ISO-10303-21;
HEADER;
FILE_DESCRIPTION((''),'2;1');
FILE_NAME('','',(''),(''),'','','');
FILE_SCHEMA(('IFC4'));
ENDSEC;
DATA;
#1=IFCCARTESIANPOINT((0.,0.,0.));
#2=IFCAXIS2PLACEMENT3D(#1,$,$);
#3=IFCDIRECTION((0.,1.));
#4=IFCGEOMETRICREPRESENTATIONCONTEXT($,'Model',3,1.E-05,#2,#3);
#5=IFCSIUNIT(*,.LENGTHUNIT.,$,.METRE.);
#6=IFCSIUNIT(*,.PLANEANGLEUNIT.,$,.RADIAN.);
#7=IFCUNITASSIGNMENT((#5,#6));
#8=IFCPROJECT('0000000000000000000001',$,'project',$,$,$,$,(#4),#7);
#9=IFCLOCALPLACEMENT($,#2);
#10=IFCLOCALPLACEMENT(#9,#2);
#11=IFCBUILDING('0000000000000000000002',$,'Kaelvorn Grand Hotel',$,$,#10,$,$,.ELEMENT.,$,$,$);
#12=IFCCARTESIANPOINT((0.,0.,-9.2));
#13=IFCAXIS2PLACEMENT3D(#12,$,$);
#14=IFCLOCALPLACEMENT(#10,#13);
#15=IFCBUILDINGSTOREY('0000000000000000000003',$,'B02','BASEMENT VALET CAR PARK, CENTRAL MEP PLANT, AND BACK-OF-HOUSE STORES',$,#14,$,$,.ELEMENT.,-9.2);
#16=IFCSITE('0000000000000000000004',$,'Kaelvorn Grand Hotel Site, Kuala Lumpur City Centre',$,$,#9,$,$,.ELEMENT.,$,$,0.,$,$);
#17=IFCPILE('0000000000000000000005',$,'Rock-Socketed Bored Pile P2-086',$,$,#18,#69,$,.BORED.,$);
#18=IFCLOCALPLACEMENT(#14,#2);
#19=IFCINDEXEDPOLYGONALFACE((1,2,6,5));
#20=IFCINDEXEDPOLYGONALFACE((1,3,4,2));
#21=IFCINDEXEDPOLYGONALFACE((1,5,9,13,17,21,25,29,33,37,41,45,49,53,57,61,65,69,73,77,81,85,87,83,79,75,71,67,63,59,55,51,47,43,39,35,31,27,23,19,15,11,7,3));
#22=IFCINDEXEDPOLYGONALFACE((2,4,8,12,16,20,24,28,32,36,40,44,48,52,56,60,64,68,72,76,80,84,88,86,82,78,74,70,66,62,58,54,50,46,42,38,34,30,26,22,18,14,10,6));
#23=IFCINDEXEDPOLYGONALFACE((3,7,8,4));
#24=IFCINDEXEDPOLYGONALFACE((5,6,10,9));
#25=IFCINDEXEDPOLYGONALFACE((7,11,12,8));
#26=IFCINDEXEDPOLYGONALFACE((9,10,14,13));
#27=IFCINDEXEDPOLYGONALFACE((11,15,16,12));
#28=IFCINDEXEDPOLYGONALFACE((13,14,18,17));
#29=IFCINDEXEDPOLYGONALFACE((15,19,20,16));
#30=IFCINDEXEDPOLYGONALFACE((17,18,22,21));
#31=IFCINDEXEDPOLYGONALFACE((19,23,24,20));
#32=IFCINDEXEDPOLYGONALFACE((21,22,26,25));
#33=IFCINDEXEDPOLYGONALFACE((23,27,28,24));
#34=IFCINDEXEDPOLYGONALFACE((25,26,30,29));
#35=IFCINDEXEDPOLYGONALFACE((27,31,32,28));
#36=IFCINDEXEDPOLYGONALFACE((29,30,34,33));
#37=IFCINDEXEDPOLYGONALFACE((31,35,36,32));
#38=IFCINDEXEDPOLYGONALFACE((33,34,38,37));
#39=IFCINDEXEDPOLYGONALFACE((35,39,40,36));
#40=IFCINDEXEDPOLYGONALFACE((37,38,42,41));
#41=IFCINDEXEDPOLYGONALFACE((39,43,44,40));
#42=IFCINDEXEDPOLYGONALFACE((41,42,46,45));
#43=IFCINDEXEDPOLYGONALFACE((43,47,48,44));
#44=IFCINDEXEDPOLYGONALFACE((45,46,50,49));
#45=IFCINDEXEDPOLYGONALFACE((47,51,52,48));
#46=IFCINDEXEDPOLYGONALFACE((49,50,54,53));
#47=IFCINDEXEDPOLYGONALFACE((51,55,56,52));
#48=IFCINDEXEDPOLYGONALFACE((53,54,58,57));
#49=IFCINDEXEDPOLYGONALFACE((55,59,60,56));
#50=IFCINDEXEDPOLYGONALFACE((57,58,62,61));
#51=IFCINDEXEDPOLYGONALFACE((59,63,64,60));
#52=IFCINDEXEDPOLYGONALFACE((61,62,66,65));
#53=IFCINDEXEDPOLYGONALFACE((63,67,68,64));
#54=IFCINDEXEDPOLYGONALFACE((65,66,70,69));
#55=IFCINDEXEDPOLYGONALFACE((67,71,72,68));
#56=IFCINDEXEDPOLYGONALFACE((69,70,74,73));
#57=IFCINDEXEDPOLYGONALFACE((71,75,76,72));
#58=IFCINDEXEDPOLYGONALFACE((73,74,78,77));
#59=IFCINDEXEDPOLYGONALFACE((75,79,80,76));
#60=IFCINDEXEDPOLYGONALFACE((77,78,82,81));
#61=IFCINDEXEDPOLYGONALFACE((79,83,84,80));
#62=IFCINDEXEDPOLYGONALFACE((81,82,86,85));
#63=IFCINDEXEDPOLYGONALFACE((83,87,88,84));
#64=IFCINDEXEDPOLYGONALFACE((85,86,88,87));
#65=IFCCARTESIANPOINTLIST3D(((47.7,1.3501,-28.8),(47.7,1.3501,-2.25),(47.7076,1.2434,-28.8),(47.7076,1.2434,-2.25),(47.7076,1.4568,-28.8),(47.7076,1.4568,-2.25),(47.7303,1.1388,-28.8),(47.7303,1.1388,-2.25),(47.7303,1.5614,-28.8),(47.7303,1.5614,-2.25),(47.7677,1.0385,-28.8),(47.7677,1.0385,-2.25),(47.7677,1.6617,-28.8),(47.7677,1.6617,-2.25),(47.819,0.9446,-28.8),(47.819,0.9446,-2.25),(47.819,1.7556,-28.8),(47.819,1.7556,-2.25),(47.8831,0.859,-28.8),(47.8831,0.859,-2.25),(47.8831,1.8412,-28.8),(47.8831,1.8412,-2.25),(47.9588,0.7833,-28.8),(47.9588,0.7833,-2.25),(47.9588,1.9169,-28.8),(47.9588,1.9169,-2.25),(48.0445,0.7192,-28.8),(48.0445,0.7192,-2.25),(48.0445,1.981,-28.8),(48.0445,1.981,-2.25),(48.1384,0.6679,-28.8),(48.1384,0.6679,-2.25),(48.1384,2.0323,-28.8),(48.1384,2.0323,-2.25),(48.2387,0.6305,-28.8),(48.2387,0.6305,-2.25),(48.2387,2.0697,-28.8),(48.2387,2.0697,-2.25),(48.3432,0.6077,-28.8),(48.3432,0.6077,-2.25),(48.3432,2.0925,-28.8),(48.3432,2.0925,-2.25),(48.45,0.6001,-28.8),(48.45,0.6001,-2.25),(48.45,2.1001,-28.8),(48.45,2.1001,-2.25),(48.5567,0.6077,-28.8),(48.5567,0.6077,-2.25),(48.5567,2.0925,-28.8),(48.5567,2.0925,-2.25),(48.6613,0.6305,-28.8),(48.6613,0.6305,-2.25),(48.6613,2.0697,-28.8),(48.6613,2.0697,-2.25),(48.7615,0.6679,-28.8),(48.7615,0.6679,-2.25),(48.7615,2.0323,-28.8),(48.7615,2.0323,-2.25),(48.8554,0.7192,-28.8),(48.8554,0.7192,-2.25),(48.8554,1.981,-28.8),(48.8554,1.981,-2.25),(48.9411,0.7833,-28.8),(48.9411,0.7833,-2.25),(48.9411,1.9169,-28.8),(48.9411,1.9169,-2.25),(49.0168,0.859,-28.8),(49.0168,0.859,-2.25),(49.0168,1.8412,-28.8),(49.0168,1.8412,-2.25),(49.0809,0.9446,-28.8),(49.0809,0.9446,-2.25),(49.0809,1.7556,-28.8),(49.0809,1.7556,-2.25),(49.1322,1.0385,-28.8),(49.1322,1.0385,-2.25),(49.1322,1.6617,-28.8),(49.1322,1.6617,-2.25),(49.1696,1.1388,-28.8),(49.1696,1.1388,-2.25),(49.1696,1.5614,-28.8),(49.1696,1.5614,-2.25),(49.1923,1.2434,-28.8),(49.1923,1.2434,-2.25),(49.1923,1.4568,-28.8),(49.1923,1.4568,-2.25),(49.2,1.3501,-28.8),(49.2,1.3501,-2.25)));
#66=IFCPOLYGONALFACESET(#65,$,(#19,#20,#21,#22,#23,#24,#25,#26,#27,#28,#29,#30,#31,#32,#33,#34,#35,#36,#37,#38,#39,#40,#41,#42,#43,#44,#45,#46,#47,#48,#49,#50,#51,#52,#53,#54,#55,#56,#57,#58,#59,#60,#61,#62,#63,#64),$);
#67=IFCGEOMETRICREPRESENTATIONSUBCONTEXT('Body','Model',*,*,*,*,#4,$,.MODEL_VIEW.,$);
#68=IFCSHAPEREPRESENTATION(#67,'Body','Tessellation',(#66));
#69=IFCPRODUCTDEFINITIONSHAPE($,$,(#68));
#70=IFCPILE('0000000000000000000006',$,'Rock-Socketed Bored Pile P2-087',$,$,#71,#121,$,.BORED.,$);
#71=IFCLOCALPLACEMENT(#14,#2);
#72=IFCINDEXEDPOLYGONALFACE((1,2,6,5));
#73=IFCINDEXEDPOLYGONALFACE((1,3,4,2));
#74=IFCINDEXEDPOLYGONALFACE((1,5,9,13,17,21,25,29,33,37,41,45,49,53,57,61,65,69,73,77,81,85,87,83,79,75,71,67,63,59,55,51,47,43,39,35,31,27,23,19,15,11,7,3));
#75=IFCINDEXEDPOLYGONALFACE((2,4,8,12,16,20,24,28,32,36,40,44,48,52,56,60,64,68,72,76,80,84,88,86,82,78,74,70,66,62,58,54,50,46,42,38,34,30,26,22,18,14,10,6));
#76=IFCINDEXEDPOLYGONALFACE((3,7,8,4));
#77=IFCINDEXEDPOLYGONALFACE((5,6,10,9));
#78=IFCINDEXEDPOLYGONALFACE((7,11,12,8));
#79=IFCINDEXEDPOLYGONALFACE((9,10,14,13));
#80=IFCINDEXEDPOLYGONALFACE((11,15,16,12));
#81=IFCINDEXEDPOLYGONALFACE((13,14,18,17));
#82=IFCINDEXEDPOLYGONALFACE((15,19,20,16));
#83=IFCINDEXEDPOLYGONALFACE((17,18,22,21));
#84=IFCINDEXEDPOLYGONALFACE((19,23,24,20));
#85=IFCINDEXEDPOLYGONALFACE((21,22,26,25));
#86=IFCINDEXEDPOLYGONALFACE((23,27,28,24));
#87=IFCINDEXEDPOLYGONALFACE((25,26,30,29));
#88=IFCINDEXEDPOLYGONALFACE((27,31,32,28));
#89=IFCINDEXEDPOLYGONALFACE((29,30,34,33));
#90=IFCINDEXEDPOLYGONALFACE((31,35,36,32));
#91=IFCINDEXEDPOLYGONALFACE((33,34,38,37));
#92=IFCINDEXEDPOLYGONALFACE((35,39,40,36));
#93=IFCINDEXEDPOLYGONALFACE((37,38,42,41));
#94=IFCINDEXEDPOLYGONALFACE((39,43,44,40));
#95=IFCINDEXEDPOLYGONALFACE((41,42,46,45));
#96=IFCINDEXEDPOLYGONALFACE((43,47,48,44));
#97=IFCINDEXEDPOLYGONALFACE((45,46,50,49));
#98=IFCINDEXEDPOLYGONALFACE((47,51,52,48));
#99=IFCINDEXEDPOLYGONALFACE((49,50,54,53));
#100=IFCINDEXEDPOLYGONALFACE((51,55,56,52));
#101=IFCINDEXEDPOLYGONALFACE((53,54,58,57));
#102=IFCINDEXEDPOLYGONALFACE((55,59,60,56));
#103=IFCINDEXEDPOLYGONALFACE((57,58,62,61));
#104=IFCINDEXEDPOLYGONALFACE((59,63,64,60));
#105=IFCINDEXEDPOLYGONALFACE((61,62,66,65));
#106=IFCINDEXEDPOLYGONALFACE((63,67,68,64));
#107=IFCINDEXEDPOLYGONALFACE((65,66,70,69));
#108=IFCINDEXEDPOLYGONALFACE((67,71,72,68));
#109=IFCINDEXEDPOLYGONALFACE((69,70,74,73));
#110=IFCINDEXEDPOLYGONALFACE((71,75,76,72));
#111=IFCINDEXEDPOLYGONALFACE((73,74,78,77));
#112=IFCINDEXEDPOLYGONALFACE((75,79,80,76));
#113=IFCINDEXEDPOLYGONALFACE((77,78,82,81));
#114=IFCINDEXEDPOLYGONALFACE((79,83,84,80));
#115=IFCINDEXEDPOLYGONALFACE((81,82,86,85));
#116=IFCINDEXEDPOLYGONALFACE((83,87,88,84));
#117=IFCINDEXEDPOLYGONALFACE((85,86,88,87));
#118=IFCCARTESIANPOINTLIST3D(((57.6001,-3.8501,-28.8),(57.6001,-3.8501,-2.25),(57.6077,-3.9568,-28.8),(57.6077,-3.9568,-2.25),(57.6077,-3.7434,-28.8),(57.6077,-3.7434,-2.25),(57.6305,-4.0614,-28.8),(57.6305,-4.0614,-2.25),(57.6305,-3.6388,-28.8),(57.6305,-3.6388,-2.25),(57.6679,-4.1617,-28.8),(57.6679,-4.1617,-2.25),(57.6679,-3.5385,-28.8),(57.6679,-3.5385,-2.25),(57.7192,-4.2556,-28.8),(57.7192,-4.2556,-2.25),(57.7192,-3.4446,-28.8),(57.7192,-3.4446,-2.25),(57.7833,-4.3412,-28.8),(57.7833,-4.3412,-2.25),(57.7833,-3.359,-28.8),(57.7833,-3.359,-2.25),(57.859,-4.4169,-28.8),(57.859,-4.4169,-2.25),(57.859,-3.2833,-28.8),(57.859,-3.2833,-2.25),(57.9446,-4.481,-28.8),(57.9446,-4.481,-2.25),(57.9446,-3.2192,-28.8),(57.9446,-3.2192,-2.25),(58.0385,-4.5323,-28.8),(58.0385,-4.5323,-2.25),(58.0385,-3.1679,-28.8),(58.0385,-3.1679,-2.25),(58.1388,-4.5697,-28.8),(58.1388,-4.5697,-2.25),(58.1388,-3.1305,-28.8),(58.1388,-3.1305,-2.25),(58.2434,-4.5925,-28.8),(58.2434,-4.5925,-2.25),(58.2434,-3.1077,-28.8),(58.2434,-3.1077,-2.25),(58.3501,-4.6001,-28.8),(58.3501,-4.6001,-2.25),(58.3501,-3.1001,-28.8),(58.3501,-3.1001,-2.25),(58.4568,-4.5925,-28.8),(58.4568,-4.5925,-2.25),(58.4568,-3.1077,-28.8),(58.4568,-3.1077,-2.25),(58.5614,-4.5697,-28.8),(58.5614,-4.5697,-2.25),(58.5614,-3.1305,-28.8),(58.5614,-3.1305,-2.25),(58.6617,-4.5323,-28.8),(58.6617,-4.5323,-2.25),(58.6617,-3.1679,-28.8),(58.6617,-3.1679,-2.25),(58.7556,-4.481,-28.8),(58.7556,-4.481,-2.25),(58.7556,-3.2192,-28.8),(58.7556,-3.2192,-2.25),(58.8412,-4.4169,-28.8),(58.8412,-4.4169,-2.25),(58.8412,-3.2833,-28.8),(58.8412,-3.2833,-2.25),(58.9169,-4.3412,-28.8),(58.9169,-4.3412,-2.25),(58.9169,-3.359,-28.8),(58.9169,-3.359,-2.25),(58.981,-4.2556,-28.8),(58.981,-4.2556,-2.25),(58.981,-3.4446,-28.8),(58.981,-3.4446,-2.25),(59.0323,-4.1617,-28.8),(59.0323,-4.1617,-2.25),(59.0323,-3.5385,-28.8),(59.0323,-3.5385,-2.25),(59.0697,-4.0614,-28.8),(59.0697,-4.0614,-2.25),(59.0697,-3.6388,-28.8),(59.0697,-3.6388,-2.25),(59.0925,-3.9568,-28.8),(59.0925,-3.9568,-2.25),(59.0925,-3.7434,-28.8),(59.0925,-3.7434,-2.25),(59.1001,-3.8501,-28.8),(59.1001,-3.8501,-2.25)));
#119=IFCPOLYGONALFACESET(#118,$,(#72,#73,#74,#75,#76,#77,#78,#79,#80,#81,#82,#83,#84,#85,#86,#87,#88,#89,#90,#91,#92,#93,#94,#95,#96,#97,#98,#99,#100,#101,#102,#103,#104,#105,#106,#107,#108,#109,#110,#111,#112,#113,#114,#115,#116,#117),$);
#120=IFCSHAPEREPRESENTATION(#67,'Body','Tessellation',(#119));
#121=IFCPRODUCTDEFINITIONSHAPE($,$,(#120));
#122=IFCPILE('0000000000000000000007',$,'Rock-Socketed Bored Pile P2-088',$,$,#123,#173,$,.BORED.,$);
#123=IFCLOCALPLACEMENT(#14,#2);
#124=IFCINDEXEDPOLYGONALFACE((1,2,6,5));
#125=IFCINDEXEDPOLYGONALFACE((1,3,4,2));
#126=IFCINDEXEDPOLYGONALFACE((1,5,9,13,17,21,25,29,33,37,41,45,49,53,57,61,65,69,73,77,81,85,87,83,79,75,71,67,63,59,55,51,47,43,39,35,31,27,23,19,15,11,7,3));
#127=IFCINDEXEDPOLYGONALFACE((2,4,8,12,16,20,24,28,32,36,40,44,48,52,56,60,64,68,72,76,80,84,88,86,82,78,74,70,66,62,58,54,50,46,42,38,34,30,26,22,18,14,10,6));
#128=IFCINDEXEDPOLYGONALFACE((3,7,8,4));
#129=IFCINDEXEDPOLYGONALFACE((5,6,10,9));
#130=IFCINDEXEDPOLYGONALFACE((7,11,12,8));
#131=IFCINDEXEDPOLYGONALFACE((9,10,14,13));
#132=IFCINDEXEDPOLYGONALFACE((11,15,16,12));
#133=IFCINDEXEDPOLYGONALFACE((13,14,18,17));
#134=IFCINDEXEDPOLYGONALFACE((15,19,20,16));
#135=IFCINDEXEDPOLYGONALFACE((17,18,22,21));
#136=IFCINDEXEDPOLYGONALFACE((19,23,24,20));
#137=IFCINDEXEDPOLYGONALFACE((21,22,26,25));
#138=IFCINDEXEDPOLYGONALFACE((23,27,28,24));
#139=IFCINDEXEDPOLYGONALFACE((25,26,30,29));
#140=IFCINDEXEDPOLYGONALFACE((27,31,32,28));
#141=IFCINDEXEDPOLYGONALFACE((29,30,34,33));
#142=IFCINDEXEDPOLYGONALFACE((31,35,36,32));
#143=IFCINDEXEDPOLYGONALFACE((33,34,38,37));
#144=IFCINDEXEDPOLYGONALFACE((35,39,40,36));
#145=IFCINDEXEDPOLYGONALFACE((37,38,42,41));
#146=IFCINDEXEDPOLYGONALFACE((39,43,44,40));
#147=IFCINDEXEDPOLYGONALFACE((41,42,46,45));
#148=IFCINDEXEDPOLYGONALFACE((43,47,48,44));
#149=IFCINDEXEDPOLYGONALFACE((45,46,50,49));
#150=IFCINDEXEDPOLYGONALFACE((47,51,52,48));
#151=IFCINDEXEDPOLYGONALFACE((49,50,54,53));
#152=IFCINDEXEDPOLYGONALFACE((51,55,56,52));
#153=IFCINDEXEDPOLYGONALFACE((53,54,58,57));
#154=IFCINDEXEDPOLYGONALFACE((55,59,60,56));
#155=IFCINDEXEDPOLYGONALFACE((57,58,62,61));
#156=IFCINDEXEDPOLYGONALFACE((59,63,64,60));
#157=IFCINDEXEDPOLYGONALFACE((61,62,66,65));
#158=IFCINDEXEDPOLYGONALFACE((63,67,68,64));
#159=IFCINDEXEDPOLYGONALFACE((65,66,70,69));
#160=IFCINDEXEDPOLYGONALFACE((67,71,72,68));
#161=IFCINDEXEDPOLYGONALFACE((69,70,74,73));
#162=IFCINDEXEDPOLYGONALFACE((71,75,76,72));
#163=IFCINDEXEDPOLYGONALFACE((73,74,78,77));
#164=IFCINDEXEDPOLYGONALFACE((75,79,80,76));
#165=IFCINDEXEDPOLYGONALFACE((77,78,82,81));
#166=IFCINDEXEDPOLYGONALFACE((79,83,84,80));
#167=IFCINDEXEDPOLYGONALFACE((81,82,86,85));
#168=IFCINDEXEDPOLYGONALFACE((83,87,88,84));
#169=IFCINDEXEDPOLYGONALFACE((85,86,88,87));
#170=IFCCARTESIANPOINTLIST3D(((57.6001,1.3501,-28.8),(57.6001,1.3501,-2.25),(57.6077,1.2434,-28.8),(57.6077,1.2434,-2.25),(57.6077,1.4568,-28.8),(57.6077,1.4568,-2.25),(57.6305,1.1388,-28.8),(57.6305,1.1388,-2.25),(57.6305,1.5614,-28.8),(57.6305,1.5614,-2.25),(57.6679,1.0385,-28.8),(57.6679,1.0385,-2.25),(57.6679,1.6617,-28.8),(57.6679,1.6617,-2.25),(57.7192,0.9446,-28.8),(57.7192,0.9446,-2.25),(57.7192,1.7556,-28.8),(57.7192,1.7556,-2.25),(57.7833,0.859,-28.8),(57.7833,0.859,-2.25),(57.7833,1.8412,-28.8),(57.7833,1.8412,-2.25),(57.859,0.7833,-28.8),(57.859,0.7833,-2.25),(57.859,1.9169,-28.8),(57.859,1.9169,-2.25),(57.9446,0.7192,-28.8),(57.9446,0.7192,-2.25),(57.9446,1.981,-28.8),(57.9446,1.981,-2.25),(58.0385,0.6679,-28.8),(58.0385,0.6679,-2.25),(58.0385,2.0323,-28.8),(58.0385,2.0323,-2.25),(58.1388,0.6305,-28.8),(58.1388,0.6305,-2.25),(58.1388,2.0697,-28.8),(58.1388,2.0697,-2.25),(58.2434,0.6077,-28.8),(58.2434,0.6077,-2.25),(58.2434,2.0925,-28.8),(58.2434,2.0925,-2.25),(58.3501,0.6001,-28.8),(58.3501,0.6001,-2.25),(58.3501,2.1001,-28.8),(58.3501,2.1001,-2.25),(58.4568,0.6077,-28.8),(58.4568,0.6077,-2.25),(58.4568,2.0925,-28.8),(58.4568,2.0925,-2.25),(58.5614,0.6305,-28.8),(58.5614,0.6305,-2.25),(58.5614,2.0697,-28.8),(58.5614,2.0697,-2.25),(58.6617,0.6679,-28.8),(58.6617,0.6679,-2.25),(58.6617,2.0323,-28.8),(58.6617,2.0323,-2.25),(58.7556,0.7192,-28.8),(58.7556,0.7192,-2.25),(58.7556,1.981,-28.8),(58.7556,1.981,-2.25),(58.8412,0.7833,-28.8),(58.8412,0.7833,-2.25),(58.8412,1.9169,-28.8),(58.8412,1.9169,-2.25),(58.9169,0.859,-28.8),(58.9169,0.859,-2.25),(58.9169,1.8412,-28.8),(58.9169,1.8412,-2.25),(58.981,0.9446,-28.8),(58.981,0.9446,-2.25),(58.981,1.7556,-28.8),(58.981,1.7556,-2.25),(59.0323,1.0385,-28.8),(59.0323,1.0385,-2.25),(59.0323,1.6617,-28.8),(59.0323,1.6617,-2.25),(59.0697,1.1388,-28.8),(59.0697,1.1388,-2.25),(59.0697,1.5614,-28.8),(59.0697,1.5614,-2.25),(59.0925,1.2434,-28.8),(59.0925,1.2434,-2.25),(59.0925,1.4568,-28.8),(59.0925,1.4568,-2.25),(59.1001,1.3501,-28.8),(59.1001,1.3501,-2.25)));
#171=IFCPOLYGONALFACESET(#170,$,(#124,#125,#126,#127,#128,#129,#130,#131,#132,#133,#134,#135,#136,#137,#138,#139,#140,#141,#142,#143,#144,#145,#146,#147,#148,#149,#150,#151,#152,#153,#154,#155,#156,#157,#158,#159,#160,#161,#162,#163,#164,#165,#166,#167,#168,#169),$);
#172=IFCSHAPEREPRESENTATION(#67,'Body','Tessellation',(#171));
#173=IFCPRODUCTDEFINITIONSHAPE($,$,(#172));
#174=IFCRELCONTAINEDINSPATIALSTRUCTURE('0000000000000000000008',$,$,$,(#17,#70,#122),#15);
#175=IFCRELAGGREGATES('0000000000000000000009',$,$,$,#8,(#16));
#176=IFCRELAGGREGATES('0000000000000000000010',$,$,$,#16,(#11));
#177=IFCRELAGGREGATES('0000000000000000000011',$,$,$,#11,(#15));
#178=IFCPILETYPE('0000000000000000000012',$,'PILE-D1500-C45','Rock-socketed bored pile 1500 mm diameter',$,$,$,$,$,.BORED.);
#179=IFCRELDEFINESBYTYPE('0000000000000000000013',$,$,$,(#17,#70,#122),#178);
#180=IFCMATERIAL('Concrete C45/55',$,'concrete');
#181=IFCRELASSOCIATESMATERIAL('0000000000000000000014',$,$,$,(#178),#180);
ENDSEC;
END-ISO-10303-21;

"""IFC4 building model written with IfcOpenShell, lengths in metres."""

from ifc_helpers import new_model, si_unit, direction, frame, origin, origin_2d, place, context, subcontext, project, spatial, circle, extrude, material, material_profile, profile_set, type_object, element, save


model = new_model("IFC4")

# Units and contexts
model_context = context("Model", 3, precision=1e-05, world=origin(), true_north=direction((0.0, 1.0)))
body_context = subcontext(model_context, "Body", "Model", "MODEL_VIEW")
ifc_project = project(units=[si_unit("LENGTHUNIT", "METRE"), si_unit("PLANEANGLEUNIT", "RADIAN")], contexts=[model_context])

# Site, building, storey
site_placement = place(None, origin())
site = spatial("IfcSite", under=ifc_project, at=site_placement, Name="Kaelvorn Grand Hotel Site, Kuala Lumpur City Centre", CompositionType="ELEMENT", RefElevation=0.0)
building_placement = place(site_placement, origin())
building = spatial("IfcBuilding", under=site, at=building_placement, Name="Kaelvorn Grand Hotel", CompositionType="ELEMENT")
storey_placement = place(building_placement, frame((0.0, 0.0, -9.2)))
storey = spatial("IfcBuildingStorey", under=building, at=storey_placement, Name="B02", Description="BASEMENT VALET CAR PARK, CENTRAL MEP PLANT, AND BACK-OF-HOUSE STORES", CompositionType="ELEMENT", Elevation=-9.2)

# Piles
ifc_material_1 = material(Name="Concrete C45/55", Category="concrete")
ifc_material_profile_1 = material_profile(ifc_material_1, circle(Radius=0.75, at=origin_2d()), Name="BORED PILE D1500")
ifc_profile_set_1 = profile_set([ifc_material_profile_1], Name="Concrete C45/55")
pile_type = type_object("IfcPileType", Name="PILE-D1500-C45", Description="Rock-socketed bored pile 1500 mm diameter", PredefinedType="BORED", material=ifc_profile_set_1)
for number, where, z_axis, x_axis, name in (
    (1, (48.45, 1.3501, -2.25), (0.0, 0.0, -1.0), (1.0, 0.0, 0.0), "Rock-Socketed Bored Pile P2-086"),
    (2, (58.3501, -3.8501, -2.25), (0.0, 0.0, -1.0), (1.0, 0.0, 0.0), "Rock-Socketed Bored Pile P2-087"),
    (3, (58.3501, 1.3501, -2.25), (0.0, 0.0, -1.0), (1.0, 0.0, 0.0), "Rock-Socketed Bored Pile P2-088"),
):
    element("IfcPile", number, at=place(storey_placement, frame(where, z_axis=z_axis, x_axis=x_axis)), inside=storey, type_object=pile_type, Name=name, PredefinedType="BORED", context=body_context, shape_type="SweptSolid", body=[
        extrude(circle(Radius=0.75, at=origin_2d()), origin(), (0.0, 0.0, 1.0), 26.55),
    ])

save(model, "model.ifc")
